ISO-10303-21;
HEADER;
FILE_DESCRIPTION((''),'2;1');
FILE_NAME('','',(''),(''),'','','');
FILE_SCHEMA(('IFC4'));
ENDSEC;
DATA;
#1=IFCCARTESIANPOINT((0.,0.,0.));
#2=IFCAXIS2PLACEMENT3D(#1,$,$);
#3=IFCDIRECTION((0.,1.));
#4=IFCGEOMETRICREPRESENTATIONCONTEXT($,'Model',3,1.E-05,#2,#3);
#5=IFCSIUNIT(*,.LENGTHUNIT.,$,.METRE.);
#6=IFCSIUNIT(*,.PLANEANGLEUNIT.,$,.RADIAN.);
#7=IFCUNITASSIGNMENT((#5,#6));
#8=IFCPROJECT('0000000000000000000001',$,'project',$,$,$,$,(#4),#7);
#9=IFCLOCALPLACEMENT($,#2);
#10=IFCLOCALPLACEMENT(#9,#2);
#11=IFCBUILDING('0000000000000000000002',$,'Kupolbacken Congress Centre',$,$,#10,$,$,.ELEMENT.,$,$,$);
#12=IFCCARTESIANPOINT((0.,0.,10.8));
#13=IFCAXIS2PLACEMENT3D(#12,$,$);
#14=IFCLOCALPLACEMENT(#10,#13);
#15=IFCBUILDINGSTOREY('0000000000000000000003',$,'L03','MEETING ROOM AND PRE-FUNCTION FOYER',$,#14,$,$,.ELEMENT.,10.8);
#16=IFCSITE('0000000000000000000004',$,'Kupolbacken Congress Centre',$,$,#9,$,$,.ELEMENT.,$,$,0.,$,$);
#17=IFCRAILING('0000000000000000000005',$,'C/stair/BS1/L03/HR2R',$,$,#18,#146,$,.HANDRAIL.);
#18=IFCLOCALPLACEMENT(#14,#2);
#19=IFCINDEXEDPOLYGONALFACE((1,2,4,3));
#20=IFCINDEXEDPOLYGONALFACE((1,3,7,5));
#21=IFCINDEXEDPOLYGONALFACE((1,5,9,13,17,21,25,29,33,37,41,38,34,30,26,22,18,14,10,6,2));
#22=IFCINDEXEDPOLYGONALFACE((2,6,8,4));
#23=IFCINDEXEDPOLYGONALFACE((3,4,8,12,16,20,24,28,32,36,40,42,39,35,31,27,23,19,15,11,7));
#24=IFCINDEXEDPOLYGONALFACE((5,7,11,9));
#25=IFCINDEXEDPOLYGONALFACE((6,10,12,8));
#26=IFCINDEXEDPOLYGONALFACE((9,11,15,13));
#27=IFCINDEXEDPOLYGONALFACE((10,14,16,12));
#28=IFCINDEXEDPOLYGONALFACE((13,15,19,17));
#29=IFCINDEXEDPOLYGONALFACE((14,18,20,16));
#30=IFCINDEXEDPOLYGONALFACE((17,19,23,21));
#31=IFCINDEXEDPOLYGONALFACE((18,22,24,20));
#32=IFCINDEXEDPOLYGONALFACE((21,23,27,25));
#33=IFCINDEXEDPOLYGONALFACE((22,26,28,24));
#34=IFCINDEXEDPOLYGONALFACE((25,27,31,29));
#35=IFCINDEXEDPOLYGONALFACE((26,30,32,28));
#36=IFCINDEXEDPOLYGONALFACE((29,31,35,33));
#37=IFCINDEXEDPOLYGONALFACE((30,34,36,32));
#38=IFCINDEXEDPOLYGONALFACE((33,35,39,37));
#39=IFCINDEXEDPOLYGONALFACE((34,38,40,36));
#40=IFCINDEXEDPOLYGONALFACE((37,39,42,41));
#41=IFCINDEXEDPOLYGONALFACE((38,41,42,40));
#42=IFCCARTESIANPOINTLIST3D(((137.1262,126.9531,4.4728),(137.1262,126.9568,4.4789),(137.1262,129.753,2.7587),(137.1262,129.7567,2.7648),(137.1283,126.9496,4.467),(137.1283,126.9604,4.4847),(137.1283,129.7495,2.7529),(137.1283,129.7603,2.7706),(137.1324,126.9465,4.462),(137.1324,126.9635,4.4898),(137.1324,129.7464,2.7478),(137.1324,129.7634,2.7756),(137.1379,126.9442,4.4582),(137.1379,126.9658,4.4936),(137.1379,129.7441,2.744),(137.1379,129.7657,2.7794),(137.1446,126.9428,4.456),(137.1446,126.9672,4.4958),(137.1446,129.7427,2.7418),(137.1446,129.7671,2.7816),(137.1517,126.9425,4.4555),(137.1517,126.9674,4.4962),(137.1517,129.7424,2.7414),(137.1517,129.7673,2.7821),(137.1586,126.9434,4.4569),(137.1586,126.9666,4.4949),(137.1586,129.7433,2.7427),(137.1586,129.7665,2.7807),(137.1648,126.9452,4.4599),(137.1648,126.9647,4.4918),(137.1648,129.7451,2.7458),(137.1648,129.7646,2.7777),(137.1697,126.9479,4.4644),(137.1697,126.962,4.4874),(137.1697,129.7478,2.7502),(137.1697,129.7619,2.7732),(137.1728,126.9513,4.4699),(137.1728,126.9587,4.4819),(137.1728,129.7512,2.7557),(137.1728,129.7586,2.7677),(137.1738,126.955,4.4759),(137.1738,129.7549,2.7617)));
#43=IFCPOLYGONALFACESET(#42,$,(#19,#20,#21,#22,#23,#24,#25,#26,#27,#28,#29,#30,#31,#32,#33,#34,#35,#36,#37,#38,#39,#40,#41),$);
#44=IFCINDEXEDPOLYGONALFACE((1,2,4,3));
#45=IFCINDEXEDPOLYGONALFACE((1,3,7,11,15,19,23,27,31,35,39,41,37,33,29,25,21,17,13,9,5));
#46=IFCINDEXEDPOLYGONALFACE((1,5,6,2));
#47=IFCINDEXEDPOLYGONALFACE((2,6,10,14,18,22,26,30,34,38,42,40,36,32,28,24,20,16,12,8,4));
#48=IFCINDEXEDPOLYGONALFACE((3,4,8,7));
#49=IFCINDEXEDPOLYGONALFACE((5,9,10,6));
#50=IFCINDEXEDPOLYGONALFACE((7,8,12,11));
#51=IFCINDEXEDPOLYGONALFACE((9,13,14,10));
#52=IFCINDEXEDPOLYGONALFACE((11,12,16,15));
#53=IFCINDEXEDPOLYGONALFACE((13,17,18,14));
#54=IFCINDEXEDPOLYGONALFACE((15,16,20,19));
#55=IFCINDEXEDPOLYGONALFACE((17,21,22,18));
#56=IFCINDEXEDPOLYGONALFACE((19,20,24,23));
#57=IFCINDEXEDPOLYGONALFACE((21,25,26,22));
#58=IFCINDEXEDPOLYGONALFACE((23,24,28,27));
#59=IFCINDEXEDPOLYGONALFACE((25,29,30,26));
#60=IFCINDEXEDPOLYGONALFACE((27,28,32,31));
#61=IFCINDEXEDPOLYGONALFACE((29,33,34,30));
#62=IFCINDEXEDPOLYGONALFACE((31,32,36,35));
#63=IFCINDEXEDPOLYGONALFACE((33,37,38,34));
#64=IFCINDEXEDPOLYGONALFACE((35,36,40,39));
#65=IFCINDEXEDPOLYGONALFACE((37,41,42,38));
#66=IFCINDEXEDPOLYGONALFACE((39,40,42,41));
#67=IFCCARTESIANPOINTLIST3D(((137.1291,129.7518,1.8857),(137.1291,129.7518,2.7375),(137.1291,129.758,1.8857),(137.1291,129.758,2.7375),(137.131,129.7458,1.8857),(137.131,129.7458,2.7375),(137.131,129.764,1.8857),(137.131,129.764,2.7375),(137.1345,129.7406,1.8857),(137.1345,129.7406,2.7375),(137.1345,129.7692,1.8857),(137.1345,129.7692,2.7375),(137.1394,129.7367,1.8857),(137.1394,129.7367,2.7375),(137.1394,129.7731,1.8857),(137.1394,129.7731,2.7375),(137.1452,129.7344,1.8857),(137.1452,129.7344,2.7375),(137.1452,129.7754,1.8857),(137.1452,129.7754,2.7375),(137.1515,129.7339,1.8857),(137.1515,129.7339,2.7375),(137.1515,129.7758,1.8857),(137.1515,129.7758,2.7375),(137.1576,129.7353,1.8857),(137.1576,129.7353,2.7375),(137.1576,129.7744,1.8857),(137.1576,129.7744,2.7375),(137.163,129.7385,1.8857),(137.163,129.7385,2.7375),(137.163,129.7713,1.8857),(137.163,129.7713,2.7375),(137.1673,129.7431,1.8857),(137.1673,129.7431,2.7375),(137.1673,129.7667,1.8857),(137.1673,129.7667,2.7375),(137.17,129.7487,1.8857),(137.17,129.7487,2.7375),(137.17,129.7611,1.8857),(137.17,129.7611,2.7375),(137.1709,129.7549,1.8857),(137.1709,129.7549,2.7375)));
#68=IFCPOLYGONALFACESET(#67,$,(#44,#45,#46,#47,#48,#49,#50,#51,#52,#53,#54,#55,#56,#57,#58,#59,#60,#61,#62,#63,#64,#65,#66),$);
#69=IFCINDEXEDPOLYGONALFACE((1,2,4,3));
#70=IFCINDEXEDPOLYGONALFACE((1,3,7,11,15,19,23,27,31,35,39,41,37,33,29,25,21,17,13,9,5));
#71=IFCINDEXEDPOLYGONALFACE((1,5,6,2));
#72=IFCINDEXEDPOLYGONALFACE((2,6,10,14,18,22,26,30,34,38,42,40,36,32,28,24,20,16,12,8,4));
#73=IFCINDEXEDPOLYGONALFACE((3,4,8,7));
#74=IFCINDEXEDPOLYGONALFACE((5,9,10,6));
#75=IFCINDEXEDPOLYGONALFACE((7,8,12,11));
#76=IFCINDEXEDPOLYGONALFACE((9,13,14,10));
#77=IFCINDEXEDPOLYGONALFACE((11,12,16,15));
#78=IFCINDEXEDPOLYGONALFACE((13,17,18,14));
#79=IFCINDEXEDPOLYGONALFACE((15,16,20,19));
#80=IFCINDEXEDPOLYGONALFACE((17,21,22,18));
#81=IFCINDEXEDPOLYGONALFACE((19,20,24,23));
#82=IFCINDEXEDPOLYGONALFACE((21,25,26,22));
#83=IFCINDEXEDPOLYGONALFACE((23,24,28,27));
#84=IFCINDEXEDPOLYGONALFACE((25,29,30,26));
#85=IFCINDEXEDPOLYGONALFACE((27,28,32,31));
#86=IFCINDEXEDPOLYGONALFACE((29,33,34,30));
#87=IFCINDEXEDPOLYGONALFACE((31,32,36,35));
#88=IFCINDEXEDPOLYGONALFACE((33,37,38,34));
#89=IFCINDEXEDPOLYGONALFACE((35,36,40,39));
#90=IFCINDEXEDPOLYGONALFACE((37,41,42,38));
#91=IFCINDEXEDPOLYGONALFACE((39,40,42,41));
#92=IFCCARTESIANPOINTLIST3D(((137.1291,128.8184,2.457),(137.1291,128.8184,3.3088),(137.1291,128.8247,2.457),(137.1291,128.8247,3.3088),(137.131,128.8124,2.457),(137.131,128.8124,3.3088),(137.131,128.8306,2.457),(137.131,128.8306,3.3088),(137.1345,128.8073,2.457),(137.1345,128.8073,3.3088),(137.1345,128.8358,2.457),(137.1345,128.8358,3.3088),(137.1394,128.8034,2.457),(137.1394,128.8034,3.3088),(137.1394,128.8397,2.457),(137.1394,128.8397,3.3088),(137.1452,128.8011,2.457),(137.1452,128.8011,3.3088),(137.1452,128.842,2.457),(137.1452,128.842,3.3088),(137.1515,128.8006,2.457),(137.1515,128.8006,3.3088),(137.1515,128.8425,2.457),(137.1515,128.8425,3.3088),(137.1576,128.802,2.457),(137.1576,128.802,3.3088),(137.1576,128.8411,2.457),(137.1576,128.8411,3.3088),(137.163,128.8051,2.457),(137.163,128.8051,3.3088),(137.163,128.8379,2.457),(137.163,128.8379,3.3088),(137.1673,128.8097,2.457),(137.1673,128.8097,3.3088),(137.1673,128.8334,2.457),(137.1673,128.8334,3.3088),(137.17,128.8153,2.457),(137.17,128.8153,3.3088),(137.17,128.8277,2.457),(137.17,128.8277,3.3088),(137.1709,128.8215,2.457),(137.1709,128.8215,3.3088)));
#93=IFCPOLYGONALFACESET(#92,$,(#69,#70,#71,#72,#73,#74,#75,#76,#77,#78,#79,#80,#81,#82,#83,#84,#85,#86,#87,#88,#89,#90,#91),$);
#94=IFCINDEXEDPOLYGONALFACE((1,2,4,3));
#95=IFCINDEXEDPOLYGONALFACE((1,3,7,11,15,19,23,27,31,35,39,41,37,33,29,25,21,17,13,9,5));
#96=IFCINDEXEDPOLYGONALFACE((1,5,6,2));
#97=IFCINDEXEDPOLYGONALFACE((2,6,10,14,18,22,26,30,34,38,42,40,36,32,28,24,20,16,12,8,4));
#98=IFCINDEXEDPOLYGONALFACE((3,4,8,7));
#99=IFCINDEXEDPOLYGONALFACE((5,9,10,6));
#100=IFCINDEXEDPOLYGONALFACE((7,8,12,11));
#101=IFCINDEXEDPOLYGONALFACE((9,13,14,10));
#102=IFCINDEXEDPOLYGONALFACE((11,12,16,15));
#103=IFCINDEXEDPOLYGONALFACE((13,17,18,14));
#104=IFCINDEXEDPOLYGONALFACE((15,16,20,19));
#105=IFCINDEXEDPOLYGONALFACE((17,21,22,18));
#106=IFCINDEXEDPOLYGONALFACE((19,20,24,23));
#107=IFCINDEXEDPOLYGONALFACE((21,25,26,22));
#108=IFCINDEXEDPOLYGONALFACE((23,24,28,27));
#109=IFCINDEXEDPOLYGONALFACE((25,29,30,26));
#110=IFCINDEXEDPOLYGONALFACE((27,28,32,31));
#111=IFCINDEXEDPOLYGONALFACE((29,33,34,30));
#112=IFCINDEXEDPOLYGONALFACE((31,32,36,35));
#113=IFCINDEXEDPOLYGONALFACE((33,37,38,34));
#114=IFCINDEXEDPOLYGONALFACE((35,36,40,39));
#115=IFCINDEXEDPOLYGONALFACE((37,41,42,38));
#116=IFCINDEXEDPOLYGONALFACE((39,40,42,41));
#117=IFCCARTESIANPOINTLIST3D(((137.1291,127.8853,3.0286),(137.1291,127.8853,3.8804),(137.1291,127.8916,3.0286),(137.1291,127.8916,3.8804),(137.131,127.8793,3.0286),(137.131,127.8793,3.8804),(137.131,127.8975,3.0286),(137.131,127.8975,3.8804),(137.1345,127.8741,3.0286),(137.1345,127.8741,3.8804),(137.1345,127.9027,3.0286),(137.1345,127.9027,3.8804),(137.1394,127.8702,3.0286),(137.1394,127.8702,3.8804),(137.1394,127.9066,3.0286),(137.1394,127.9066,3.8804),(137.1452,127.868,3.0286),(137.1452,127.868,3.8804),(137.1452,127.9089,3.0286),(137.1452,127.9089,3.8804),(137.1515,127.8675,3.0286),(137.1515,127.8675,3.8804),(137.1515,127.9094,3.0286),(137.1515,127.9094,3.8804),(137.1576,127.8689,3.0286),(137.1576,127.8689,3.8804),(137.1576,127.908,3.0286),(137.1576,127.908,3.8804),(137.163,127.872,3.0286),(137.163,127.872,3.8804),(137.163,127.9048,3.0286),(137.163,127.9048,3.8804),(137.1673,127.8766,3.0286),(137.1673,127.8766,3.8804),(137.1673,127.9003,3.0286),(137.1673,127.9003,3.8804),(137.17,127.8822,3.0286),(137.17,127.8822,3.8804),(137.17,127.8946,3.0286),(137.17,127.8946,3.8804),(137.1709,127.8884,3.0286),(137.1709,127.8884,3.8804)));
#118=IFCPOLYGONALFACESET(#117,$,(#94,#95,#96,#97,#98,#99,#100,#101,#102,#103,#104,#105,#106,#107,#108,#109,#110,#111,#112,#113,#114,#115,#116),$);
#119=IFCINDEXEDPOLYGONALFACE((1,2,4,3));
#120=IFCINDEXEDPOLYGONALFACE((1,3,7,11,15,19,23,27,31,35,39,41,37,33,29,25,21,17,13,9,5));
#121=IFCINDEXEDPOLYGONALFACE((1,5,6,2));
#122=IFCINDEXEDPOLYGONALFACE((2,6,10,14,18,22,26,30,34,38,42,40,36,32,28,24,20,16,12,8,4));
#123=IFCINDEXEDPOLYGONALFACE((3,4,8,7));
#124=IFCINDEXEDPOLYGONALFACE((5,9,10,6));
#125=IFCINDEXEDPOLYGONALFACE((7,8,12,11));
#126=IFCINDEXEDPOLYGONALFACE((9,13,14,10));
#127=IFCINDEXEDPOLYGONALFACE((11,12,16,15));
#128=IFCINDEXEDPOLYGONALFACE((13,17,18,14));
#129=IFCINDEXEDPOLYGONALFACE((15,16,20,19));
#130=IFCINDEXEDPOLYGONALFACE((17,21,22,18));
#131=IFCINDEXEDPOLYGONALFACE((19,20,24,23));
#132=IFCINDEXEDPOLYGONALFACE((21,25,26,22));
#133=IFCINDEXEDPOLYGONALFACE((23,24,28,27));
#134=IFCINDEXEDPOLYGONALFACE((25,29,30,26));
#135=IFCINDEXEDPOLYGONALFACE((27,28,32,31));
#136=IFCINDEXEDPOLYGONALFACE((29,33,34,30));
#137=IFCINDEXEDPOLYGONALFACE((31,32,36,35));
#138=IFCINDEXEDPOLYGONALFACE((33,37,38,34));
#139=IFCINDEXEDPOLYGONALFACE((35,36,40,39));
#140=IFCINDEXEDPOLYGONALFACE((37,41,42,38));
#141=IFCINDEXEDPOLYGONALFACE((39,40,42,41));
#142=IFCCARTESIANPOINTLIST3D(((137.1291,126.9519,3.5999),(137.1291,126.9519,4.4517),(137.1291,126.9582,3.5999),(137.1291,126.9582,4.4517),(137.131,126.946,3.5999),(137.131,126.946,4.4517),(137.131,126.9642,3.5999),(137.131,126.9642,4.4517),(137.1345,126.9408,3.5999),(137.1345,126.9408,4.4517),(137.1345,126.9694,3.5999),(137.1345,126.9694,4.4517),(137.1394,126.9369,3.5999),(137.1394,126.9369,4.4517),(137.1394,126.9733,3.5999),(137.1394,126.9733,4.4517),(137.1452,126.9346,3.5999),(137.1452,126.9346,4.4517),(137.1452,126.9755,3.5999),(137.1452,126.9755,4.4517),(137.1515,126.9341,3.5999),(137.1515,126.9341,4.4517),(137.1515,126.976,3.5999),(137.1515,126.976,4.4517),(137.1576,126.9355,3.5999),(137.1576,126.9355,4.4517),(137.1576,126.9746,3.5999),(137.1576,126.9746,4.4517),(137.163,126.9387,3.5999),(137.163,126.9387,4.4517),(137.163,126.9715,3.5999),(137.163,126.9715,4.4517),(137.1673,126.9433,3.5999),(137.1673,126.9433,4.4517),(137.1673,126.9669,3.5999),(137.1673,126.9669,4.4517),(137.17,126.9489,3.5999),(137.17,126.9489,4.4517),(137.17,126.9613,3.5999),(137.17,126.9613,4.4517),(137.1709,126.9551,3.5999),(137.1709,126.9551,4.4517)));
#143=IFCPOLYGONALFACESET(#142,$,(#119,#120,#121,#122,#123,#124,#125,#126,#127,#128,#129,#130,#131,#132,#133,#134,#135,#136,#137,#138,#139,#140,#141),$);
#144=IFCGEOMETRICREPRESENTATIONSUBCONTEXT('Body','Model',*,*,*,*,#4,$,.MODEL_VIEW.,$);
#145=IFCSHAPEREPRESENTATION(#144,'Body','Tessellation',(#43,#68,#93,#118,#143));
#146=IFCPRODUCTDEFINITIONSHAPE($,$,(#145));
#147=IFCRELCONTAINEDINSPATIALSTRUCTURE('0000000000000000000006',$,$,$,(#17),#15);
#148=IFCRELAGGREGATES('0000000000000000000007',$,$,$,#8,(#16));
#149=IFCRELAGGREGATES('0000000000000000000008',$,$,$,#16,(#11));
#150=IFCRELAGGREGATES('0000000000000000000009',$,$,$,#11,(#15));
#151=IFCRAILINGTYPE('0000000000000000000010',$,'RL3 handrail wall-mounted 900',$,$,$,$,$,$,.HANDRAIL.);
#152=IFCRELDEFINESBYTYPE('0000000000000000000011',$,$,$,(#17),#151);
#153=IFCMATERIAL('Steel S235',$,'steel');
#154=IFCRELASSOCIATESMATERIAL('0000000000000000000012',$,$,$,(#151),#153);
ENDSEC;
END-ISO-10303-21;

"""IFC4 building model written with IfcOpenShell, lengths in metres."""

from ifc_helpers import new_model, si_unit, direction, frame, origin, origin_2d, place, context, subcontext, project, spatial, circle, extrude, material, type_object, element, save


model = new_model("IFC4")

# Units and contexts
model_context = context("Model", 3, precision=1e-05, world=origin(), true_north=direction((0.0, 1.0)))
body_context = subcontext(model_context, "Body", "Model", "MODEL_VIEW")
ifc_project = project(units=[si_unit("LENGTHUNIT", "METRE"), si_unit("PLANEANGLEUNIT", "RADIAN")], contexts=[model_context])

# Site, building, storey
site_placement = place(None, origin())
site = spatial("IfcSite", under=ifc_project, at=site_placement, Name="Kupolbacken Congress Centre", CompositionType="ELEMENT", RefElevation=0.0)
building_placement = place(site_placement, origin())
building = spatial("IfcBuilding", under=site, at=building_placement, Name="Kupolbacken Congress Centre", CompositionType="ELEMENT")
storey_placement = place(building_placement, frame((0.0, 0.0, 10.8)))
storey = spatial("IfcBuildingStorey", under=building, at=storey_placement, Name="L03", Description="MEETING ROOM AND PRE-FUNCTION FOYER", CompositionType="ELEMENT", Elevation=10.8)

# Railing
ifc_material_1 = material(Name="Steel S235", Category="steel")
railing_type_1 = type_object("IfcRailingType", Name="RL3 handrail wall-mounted 900", PredefinedType="HANDRAIL", material=ifc_material_1)
for number, where, name in (
    (1, (137.1499, 129.7549, 1.8857), "C/stair/BS1/L03/HR2R"),
):
    element("IfcRailing", number, at=place(storey_placement, frame(where)), inside=storey, type_object=railing_type_1, Name=name, PredefinedType="HANDRAIL", context=body_context, shape_type="SweptSolid", body=[
        extrude(circle(Radius=0.0239, at=origin_2d()), frame((0.0, 0.0, 0.876), z_axis=(0.0, -0.852859, 0.522142), x_axis=(1.0, 0.0, 0.0)), (0.0, 0.0, 1.0), 3.283),
        extrude(circle(Radius=0.021, at=origin_2d()), origin(), (0.0, 0.0, 1.0), 0.8518),
        extrude(circle(Radius=0.021, at=origin_2d()), frame((0.0, -0.9333, 0.5713)), (0.0, 0.0, 1.0), 0.8518),
        extrude(circle(Radius=0.021, at=origin_2d()), frame((0.0, -1.8665, 1.1428)), (0.0, 0.0, 1.0), 0.8518),
        extrude(circle(Radius=0.021, at=origin_2d()), frame((0.0, -2.7998, 1.7141)), (0.0, 0.0, 1.0), 0.8518),
    ])

save(model, "model.ifc")
